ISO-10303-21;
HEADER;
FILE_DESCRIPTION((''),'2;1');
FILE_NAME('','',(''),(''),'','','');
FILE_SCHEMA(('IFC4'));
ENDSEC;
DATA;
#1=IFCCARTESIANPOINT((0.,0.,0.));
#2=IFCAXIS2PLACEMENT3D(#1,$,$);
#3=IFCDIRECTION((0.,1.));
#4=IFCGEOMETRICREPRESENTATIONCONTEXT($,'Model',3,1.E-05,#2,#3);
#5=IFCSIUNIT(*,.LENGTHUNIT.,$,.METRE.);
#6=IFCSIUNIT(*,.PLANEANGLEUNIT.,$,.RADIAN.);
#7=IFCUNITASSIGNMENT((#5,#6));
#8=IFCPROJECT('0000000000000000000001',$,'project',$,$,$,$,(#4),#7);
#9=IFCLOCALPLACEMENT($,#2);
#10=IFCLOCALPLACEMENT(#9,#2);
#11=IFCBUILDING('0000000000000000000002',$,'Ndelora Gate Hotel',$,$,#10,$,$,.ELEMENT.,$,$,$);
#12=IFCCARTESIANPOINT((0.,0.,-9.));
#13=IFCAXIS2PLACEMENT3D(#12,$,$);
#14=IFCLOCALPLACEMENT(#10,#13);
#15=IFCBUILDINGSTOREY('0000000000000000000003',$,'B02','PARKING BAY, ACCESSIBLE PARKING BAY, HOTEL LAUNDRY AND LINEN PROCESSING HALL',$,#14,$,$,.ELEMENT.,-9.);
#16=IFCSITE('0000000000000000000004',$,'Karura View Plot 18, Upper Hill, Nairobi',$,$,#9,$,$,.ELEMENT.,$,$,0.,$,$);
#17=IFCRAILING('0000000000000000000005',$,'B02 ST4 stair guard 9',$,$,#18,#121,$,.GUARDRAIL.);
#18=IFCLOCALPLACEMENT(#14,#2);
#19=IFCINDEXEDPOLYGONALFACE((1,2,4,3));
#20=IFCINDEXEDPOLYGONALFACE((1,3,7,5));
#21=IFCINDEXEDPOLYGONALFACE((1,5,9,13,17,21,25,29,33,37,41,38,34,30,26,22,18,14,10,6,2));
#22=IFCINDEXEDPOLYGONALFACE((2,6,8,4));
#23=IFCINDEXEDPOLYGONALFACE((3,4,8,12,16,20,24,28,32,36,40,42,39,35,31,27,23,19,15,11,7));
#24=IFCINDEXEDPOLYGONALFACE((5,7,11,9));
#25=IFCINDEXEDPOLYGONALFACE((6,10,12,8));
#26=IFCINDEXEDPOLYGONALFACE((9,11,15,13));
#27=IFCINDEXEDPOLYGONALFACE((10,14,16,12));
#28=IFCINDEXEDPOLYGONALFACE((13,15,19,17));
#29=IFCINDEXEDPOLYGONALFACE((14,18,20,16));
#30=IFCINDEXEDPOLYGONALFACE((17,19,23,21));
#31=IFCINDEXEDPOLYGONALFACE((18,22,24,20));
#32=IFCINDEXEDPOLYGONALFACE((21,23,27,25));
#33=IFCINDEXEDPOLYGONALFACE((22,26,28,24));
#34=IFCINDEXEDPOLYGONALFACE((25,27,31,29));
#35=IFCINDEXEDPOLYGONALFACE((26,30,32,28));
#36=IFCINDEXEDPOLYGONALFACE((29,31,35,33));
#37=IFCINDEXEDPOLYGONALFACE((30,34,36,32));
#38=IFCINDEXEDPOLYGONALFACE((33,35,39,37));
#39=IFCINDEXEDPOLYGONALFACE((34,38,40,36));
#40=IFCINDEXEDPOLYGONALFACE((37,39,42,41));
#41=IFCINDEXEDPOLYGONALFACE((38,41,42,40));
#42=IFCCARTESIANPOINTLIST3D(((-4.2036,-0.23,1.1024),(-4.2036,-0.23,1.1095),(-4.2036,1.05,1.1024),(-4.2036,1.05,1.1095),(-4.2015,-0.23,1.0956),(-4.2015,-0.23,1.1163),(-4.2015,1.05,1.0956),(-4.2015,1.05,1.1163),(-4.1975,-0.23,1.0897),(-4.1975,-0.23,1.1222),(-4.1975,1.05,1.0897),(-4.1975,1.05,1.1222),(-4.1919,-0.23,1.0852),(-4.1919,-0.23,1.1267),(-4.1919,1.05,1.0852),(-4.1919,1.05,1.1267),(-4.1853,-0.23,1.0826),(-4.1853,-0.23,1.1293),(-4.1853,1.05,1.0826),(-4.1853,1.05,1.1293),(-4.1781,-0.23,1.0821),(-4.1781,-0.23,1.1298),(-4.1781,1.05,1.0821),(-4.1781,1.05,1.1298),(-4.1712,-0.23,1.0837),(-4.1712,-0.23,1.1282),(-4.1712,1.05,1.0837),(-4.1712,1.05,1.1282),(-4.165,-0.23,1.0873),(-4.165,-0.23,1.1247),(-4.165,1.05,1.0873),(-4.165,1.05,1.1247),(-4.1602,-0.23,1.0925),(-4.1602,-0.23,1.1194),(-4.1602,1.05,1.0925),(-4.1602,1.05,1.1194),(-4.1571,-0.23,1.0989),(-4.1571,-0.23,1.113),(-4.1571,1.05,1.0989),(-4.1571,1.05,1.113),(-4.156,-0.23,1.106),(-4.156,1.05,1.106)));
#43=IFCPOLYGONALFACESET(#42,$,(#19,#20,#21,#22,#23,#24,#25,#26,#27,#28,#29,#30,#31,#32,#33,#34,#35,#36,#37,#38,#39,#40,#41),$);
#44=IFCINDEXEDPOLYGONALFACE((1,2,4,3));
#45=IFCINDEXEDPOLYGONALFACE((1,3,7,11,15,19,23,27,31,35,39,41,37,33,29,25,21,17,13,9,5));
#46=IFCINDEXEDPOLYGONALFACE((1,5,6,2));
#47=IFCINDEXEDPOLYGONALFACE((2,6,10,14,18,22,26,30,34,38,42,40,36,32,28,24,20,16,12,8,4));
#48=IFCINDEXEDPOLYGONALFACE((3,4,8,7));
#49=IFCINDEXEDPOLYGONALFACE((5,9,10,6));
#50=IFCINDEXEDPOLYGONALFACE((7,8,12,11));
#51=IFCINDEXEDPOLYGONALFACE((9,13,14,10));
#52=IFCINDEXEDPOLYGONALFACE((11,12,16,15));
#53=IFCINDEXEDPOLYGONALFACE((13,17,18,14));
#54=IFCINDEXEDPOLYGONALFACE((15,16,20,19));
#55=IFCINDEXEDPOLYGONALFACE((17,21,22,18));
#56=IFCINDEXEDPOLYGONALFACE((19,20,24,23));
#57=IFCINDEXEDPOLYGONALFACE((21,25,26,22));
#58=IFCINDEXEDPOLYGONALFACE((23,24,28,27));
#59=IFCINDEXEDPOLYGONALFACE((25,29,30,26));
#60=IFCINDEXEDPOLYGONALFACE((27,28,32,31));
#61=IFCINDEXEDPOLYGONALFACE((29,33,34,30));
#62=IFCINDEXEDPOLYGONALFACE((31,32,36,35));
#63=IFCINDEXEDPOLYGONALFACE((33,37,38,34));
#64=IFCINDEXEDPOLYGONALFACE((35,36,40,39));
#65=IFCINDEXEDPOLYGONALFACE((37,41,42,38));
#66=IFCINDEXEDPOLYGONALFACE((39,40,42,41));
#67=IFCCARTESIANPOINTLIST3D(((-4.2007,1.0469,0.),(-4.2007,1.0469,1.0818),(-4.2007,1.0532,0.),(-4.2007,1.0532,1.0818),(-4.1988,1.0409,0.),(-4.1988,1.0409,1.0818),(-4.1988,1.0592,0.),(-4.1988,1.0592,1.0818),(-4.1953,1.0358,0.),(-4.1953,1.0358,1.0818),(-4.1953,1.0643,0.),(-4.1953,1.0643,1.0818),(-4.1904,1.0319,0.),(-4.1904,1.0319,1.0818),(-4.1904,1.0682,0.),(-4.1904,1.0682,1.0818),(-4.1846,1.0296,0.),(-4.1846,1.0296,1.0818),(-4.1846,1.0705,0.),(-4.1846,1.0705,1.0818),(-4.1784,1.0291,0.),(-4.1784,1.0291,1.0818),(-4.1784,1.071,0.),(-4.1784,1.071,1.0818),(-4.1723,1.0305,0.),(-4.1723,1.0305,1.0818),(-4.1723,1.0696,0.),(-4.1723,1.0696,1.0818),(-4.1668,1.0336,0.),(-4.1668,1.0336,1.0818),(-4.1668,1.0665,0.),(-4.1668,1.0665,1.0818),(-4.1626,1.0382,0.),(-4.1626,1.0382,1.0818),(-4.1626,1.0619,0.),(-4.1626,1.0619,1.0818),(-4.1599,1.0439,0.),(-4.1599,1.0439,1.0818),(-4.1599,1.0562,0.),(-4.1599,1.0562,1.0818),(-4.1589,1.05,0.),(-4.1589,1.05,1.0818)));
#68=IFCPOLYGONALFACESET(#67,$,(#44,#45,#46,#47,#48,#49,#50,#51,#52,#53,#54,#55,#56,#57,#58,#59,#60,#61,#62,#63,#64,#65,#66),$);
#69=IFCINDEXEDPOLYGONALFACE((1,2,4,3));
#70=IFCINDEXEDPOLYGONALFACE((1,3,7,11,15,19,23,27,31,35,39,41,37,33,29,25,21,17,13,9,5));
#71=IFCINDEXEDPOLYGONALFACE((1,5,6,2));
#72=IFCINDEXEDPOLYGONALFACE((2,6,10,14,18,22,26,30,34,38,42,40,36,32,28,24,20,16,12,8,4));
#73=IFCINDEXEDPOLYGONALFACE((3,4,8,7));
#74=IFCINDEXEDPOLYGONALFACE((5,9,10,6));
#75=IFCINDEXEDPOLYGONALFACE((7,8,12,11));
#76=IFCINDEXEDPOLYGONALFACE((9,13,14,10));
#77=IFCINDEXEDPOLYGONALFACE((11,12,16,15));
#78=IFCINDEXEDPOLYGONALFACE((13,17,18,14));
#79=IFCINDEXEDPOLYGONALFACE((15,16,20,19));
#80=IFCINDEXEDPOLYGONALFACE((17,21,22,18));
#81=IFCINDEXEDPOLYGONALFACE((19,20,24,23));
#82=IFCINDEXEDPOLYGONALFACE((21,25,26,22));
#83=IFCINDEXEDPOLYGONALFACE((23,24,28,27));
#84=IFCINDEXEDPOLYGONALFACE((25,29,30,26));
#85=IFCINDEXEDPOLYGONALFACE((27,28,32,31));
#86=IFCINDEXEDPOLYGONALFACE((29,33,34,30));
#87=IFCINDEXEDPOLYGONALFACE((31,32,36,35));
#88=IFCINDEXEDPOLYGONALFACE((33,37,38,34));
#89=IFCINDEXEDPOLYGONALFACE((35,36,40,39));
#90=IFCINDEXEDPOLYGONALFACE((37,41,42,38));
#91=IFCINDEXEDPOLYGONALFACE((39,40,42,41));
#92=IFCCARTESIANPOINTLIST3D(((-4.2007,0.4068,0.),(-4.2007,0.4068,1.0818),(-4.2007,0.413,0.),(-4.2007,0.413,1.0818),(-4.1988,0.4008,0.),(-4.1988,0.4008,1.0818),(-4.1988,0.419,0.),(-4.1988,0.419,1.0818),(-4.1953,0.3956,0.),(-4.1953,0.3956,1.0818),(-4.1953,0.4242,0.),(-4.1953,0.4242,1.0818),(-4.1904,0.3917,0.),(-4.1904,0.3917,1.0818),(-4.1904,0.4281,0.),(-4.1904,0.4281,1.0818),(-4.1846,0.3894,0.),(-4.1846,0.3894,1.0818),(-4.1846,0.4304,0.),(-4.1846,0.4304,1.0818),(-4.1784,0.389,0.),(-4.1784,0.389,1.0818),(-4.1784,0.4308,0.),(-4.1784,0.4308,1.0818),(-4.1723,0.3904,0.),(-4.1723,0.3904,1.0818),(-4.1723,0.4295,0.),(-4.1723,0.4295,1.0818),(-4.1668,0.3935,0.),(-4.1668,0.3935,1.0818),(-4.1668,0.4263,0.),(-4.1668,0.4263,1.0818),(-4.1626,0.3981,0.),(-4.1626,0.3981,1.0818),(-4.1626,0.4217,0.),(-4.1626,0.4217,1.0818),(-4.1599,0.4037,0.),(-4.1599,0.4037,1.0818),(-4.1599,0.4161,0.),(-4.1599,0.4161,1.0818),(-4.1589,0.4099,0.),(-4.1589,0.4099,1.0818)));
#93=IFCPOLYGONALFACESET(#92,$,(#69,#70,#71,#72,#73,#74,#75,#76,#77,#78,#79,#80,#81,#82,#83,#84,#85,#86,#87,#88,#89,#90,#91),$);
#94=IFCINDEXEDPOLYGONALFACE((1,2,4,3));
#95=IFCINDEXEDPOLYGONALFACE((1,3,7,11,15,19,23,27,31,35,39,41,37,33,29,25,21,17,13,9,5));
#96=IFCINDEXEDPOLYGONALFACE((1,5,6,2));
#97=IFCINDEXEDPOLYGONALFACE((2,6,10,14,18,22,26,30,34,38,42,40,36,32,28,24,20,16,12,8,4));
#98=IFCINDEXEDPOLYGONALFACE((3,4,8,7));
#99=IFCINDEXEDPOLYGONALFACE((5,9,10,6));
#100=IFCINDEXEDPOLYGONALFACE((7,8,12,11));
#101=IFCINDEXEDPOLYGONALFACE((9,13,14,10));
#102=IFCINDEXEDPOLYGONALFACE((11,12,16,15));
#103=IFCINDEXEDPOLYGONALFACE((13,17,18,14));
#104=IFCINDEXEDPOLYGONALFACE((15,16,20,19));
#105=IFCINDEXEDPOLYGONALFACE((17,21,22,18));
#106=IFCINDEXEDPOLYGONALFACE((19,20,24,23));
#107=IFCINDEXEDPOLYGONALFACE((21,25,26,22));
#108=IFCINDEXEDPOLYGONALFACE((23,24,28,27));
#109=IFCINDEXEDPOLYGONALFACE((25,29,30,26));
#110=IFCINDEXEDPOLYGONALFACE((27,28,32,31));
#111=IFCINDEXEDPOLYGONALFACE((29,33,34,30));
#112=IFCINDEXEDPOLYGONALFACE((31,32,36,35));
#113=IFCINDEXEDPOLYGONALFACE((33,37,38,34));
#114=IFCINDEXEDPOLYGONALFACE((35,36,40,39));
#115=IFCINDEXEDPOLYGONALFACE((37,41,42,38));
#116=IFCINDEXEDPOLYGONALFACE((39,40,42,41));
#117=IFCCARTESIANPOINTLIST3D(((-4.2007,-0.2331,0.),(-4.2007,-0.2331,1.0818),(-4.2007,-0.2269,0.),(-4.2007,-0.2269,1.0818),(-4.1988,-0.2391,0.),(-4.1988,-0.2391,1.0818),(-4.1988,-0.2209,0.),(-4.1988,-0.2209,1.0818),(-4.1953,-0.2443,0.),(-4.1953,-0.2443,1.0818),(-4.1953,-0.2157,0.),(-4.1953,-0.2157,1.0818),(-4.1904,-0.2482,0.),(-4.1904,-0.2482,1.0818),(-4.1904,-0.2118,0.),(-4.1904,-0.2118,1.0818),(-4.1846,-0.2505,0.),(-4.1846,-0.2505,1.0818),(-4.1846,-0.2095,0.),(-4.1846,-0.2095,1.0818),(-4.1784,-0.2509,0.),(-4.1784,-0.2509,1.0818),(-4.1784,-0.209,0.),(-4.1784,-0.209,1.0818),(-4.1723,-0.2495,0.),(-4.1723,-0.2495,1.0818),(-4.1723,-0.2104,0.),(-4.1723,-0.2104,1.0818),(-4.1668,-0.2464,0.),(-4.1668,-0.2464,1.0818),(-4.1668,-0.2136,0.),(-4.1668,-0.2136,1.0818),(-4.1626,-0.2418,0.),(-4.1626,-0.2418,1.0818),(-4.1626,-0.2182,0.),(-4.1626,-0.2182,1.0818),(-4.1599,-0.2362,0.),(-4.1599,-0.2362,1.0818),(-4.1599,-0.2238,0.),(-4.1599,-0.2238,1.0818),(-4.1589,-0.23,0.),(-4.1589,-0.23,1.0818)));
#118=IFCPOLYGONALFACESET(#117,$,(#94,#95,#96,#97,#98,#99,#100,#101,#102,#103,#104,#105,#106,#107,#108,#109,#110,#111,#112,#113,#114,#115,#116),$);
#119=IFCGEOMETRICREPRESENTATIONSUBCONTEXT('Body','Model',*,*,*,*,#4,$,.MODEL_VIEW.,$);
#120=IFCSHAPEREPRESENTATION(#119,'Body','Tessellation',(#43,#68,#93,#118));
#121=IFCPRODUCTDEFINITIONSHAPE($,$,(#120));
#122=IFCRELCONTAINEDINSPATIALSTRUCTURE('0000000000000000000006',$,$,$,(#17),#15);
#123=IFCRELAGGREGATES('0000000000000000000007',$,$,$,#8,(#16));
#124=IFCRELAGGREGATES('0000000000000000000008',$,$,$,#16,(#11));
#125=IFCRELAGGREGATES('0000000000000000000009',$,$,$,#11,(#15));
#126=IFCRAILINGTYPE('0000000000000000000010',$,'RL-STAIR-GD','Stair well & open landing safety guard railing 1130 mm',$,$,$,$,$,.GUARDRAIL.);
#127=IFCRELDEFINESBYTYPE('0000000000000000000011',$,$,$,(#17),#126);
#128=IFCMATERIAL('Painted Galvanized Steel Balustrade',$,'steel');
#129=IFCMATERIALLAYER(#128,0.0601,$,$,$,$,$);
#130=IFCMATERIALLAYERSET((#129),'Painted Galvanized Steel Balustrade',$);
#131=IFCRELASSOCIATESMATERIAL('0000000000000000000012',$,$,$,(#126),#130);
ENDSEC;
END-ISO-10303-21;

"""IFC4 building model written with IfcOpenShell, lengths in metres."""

from ifc_helpers import new_model, si_unit, direction, frame, origin, origin_2d, place, context, subcontext, project, spatial, circle, extrude, material, layer, layer_set, type_object, element, save


model = new_model("IFC4")

# Units and contexts
model_context = context("Model", 3, precision=1e-05, world=origin(), true_north=direction((0.0, 1.0)))
body_context = subcontext(model_context, "Body", "Model", "MODEL_VIEW")
ifc_project = project(units=[si_unit("LENGTHUNIT", "METRE"), si_unit("PLANEANGLEUNIT", "RADIAN")], contexts=[model_context])

# Site, building, storey
site_placement = place(None, origin())
site = spatial("IfcSite", under=ifc_project, at=site_placement, Name="Karura View Plot 18, Upper Hill, Nairobi", CompositionType="ELEMENT", RefElevation=0.0)
building_placement = place(site_placement, origin())
building = spatial("IfcBuilding", under=site, at=building_placement, Name="Ndelora Gate Hotel", CompositionType="ELEMENT")
storey_placement = place(building_placement, frame((0.0, 0.0, -9.0)))
storey = spatial("IfcBuildingStorey", under=building, at=storey_placement, Name="B02", Description="PARKING BAY, ACCESSIBLE PARKING BAY, HOTEL LAUNDRY AND LINEN PROCESSING HALL", CompositionType="ELEMENT", Elevation=-9.0)

# Railing
ifc_material_1 = material(Name="Painted Galvanized Steel Balustrade", Category="steel")
ifc_layer_1 = layer(ifc_material_1, 0.0601)
ifc_layer_set_1 = layer_set([ifc_layer_1], Name="Painted Galvanized Steel Balustrade")
railing_type = type_object("IfcRailingType", Name="RL-STAIR-GD", Description="Stair well & open landing safety guard railing 1130 mm", PredefinedType="GUARDRAIL", material=ifc_layer_set_1)
for number, where, name in (
    (1, (-4.1799, 1.05, 0.0), "B02 ST4 stair guard 9"),
):
    element("IfcRailing", number, at=place(storey_placement, frame(where)), inside=storey, type_object=railing_type, Name=name, PredefinedType="GUARDRAIL", context=body_context, shape_type="SweptSolid", body=[
        extrude(circle(Radius=0.0239, at=origin_2d()), frame((0.0, 0.0, 1.106), z_axis=(0.0, -1.0, 0.0), x_axis=(1.0, 0.0, 0.0)), (0.0, 0.0, 1.0), 1.28),
        extrude(circle(Radius=0.021, at=origin_2d()), origin(), (0.0, 0.0, 1.0), 1.0818),
        extrude(circle(Radius=0.021, at=origin_2d()), frame((0.0, -0.6401, 0.0)), (0.0, 0.0, 1.0), 1.0818),
        extrude(circle(Radius=0.021, at=origin_2d()), frame((0.0, -1.28, 0.0)), (0.0, 0.0, 1.0), 1.0818),
    ])

save(model, "model.ifc")
